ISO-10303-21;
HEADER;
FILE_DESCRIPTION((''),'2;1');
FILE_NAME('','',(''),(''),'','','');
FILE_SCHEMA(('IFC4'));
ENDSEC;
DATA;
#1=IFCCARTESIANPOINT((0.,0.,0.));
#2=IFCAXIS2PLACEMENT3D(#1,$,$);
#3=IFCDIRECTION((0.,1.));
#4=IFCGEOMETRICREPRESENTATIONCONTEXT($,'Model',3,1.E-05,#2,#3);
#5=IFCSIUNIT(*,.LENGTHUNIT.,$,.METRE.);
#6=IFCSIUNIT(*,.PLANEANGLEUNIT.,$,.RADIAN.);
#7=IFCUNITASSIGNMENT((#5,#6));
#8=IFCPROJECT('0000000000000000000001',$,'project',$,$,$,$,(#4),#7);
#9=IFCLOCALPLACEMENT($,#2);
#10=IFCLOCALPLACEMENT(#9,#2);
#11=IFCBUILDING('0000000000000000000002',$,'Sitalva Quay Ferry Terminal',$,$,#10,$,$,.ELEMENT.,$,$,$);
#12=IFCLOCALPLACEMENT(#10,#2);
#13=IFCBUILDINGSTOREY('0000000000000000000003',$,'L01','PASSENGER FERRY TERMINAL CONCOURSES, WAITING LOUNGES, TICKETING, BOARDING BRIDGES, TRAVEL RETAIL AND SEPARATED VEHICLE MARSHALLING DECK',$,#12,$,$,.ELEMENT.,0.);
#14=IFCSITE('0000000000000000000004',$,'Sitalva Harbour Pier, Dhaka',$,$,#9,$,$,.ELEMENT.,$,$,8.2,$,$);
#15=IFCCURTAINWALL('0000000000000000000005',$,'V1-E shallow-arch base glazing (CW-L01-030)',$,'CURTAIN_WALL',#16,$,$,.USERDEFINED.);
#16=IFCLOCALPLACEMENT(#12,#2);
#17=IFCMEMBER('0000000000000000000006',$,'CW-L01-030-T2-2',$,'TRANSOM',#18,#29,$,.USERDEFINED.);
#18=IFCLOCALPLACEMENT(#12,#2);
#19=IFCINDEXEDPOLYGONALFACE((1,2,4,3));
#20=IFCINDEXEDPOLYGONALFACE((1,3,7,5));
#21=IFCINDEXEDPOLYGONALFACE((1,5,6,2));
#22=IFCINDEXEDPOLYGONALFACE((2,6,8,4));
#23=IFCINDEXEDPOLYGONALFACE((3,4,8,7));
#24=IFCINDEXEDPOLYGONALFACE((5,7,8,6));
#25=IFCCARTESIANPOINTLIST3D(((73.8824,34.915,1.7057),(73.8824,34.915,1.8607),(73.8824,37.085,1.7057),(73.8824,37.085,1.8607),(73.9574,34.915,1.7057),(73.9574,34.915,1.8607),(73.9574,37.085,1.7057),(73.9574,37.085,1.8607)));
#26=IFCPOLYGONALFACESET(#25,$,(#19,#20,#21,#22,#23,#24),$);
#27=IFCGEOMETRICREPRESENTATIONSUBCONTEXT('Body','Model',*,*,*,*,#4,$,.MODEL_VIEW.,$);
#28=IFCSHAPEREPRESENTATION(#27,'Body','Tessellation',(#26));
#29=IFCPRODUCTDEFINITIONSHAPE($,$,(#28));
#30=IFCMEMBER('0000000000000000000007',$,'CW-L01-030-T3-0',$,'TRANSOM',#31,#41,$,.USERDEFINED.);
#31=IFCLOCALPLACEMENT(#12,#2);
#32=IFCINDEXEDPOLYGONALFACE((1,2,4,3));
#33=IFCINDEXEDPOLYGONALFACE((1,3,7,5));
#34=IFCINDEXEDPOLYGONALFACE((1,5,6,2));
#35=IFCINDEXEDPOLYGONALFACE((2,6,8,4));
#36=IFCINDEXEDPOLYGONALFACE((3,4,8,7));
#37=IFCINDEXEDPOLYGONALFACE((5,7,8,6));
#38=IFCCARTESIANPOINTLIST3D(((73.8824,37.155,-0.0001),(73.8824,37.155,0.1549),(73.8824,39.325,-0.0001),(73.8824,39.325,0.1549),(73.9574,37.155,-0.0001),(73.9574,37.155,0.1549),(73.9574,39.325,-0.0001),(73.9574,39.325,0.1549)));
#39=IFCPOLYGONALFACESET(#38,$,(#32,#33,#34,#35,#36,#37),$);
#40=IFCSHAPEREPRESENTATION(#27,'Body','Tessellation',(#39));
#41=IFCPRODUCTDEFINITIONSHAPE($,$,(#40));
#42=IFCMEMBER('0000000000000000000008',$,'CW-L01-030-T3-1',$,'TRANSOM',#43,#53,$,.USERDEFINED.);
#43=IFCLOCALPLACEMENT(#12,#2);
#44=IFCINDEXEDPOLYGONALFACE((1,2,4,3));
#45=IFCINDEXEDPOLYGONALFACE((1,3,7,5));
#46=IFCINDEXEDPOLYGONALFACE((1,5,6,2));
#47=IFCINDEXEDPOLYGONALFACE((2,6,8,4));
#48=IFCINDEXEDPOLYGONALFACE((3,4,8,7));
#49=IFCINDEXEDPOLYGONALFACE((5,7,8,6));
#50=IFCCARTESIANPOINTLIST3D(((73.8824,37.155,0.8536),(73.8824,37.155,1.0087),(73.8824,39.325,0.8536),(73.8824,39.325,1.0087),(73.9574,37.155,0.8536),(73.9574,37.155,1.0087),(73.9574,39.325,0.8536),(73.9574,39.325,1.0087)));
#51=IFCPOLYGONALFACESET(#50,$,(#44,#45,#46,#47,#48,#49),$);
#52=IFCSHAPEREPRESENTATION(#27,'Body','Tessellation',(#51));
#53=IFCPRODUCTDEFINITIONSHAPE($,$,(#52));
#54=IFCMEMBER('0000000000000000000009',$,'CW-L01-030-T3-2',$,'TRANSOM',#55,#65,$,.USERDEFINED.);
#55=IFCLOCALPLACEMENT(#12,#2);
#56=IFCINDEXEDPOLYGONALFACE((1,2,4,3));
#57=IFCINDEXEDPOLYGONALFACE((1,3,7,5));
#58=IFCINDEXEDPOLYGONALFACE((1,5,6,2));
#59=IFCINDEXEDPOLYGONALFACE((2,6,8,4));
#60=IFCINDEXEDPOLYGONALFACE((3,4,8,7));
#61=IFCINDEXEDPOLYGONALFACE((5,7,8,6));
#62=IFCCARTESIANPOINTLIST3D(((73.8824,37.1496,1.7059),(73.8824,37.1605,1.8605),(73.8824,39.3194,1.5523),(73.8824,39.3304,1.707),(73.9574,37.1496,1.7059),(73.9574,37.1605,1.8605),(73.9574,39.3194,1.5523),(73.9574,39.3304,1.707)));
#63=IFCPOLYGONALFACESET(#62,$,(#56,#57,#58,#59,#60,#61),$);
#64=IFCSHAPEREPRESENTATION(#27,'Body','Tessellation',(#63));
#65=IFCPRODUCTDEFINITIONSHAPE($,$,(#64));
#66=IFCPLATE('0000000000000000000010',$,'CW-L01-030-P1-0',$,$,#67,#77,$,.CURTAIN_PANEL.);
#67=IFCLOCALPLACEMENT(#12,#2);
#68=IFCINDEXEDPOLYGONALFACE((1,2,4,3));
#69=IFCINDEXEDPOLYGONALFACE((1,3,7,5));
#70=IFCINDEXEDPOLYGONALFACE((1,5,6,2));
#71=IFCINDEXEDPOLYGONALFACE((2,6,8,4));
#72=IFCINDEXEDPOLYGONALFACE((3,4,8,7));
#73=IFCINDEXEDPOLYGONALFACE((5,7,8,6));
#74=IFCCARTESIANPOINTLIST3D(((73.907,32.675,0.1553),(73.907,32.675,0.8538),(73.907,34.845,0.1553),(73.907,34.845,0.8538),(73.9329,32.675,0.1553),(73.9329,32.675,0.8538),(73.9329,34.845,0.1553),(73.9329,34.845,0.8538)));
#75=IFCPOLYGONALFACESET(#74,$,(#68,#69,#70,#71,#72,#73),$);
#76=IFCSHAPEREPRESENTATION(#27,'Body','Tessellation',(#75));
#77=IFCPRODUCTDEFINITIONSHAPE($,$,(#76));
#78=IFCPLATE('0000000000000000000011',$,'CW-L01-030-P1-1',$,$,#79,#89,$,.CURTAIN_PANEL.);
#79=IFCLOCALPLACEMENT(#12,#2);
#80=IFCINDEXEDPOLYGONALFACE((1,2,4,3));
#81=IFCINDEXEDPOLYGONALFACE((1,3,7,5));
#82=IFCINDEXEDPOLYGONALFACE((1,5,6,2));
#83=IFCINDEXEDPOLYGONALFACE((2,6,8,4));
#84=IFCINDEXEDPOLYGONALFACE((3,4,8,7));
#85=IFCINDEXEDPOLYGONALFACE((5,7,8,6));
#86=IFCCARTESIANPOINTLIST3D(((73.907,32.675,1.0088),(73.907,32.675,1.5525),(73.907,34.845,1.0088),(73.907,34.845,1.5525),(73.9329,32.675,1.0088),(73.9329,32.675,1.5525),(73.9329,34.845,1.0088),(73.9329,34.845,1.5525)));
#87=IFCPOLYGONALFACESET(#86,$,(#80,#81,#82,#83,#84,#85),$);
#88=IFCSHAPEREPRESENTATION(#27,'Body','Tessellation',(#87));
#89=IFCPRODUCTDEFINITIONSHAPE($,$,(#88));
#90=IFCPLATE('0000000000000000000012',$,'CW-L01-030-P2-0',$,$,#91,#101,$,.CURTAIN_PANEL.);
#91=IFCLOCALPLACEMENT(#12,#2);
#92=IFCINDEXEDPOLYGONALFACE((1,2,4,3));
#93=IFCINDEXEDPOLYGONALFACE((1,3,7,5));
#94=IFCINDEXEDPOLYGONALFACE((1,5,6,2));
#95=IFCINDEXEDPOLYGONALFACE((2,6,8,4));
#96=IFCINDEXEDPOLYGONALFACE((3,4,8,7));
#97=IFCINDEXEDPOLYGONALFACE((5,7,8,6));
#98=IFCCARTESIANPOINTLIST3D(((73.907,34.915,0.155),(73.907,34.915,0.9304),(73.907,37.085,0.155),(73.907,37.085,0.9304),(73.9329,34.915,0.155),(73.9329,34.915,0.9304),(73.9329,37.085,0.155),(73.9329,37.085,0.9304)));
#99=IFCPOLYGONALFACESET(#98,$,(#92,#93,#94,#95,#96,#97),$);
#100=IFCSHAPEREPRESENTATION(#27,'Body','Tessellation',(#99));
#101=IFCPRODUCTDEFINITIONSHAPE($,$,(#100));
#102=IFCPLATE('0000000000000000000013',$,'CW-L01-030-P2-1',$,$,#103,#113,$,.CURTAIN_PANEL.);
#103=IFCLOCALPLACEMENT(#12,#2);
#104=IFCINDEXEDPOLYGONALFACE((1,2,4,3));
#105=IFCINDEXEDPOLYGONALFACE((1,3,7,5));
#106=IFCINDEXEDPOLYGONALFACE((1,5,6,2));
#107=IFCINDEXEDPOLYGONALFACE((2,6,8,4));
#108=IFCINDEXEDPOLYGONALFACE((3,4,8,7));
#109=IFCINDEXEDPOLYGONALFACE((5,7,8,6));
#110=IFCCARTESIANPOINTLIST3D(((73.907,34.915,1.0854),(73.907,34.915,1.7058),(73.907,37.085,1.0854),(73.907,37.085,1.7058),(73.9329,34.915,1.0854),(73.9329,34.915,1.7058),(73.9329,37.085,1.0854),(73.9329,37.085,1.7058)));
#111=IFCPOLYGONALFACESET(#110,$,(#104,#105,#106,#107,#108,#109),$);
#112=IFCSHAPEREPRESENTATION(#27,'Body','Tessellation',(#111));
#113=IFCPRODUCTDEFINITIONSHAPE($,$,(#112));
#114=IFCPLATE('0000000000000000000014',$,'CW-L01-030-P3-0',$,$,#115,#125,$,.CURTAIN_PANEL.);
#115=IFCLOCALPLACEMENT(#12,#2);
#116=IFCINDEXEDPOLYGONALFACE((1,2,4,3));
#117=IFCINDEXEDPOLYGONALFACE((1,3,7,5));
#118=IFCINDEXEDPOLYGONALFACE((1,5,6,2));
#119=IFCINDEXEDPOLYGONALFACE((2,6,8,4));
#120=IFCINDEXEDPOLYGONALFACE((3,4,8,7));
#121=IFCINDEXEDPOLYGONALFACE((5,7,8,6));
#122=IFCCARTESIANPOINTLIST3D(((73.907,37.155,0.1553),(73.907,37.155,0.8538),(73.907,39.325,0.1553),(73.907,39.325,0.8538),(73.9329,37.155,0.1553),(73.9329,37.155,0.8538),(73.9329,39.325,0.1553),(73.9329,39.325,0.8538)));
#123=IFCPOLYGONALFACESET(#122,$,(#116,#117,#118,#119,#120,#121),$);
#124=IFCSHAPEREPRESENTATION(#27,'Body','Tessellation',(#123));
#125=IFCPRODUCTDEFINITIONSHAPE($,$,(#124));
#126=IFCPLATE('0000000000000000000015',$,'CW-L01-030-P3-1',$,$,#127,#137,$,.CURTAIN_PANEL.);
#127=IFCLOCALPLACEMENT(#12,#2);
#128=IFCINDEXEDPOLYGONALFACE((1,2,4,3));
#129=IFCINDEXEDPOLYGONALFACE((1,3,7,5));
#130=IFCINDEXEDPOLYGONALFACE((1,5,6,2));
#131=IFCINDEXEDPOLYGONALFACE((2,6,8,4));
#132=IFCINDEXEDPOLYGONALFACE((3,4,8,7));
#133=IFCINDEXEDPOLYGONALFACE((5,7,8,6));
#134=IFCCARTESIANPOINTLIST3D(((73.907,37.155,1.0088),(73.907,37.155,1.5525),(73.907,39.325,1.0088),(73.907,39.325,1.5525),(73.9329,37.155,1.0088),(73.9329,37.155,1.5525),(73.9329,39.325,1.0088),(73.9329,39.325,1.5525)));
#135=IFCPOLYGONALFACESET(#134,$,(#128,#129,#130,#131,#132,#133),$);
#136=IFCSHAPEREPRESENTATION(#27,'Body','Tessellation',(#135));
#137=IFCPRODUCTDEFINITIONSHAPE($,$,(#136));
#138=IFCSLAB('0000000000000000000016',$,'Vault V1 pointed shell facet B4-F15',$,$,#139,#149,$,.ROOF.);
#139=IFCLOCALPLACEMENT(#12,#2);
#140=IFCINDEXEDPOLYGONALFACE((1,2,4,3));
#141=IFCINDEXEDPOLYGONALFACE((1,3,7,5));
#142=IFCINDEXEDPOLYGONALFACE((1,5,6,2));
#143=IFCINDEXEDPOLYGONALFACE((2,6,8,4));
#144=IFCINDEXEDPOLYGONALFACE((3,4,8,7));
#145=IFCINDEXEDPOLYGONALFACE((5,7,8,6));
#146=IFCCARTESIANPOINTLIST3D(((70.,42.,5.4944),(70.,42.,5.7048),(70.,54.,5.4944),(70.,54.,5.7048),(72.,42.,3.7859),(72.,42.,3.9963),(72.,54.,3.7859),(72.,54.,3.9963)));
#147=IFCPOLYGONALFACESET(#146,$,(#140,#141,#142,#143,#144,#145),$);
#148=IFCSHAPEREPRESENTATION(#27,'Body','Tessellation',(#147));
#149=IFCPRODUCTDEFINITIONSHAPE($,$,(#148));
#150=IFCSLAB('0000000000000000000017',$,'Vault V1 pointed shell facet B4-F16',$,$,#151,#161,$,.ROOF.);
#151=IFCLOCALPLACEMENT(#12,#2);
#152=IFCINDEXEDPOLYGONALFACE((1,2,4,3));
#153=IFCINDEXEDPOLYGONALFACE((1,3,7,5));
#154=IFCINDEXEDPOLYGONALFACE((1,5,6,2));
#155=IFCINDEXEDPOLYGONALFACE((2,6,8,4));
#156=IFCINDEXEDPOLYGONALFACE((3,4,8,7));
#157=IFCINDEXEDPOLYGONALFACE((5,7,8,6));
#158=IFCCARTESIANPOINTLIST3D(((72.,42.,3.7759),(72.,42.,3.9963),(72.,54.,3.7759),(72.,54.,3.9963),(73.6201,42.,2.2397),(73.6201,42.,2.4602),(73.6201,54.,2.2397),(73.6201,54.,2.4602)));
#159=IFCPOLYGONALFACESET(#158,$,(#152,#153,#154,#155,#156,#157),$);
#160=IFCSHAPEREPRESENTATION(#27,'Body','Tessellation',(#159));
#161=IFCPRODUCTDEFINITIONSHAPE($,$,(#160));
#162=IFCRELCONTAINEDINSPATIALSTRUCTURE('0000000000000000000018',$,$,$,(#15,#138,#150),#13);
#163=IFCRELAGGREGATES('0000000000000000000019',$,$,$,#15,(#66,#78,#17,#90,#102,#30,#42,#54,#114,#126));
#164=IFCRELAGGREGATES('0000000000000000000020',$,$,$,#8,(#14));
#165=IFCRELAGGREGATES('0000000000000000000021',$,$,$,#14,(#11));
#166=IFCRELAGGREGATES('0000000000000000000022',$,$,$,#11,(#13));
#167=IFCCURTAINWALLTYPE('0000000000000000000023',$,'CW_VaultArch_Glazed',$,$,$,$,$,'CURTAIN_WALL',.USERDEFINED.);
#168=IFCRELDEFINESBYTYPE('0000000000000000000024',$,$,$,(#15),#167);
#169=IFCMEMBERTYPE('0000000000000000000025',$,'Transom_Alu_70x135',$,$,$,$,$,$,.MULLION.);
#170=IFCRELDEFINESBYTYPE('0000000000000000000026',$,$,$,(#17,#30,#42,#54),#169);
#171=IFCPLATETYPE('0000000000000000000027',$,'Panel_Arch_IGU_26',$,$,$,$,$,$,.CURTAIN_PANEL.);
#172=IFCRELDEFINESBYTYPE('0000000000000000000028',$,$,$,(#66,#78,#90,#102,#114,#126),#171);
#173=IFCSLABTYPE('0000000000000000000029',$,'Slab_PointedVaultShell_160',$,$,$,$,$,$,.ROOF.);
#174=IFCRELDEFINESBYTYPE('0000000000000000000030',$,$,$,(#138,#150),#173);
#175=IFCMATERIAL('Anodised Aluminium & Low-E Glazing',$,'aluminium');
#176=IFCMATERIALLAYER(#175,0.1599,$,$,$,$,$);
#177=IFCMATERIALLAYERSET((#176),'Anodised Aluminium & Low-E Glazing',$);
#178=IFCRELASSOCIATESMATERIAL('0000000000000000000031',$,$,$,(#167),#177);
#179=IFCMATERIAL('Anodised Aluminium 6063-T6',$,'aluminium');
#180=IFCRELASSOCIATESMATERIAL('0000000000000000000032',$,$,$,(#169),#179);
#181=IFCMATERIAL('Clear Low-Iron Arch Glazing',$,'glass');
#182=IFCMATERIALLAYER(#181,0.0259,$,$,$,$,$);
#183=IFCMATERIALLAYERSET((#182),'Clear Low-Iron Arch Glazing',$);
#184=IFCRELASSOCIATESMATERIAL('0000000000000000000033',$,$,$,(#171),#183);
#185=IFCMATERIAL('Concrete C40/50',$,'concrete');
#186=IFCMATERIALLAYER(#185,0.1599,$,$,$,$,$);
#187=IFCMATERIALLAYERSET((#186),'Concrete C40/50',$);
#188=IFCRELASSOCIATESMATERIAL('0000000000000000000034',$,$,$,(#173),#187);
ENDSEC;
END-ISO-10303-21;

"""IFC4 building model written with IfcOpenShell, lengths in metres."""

from ifc_helpers import new_model, si_unit, direction, frame, origin, origin_2d, place, context, subcontext, project, spatial, polyline, rectangle, outline, extrude, material, layer, layer_set, material_profile, profile_set, type_object, element, aggregate, save


model = new_model("IFC4")

# Units and contexts
model_context = context("Model", 3, precision=1e-05, world=origin(), true_north=direction((0.0, 1.0)))
body_context = subcontext(model_context, "Body", "Model", "MODEL_VIEW")
ifc_project = project(units=[si_unit("LENGTHUNIT", "METRE"), si_unit("PLANEANGLEUNIT", "RADIAN")], contexts=[model_context])

# Site, building, storey
site_placement = place(None, origin())
site = spatial("IfcSite", under=ifc_project, at=site_placement, Name="Sitalva Harbour Pier, Dhaka", CompositionType="ELEMENT", RefElevation=8.2)
building_placement = place(site_placement, origin())
building = spatial("IfcBuilding", under=site, at=building_placement, Name="Sitalva Quay Ferry Terminal", CompositionType="ELEMENT")
storey_placement = place(building_placement, origin())
storey = spatial("IfcBuildingStorey", under=building, at=storey_placement, Name="L01", Description="PASSENGER FERRY TERMINAL CONCOURSES, WAITING LOUNGES, TICKETING, BOARDING BRIDGES, TRAVEL RETAIL AND SEPARATED VEHICLE MARSHALLING DECK", CompositionType="ELEMENT", Elevation=0.0)

# Curtain wall, members, plates
ifc_material_1 = material(Name="Anodised Aluminium & Low-E Glazing", Category="aluminium")
ifc_layer_1 = layer(ifc_material_1, 0.1599)
ifc_layer_set_1 = layer_set([ifc_layer_1], Name="Anodised Aluminium & Low-E Glazing")
curtain_wall_type = type_object("IfcCurtainWallType", Name="CW_VaultArch_Glazed", ElementType="CURTAIN_WALL", PredefinedType="USERDEFINED", material=ifc_layer_set_1)
curtain_wall_placement = place(storey_placement, origin())
curtain_wall = element("IfcCurtainWall", 1, at=curtain_wall_placement, inside=storey, type_object=curtain_wall_type, Name="V1-E shallow-arch base glazing (CW-L01-030)", ObjectType="CURTAIN_WALL", PredefinedType="USERDEFINED")
ifc_material_2 = material(Name="Anodised Aluminium 6063-T6", Category="aluminium")
ifc_material_profile_1 = material_profile(ifc_material_2, rectangle(XDim=0.075, YDim=0.155, at=origin_2d()), Name="ALU75x155")
ifc_profile_set_1 = profile_set([ifc_material_profile_1], Name="Anodised Aluminium 6063-T6")
member_type_1 = type_object("IfcMemberType", Name="Transom_Alu_70x135", PredefinedType="MULLION", material=ifc_profile_set_1)
member_1_placement = place(storey_placement, frame((73.9199, 34.915, 1.7832), z_axis=(0.0, 1.0, 0.0), x_axis=(-1.0, 0.0, 0.0)))
member_1 = element("IfcMember", 2, at=member_1_placement, type_object=member_type_1, Name="CW-L01-030-T2-2", ObjectType="TRANSOM", PredefinedType="USERDEFINED", context=body_context, shape_type="SweptSolid", body=[
    extrude(rectangle(XDim=0.075, YDim=0.155, at=origin_2d()), origin(), (0.0, 0.0, 1.0), 2.1699),
])
member_2_placement = place(storey_placement, frame((73.9199, 37.155, 0.0774), z_axis=(0.0, 1.0, 0.0), x_axis=(-1.0, 0.0, 0.0)))
member_2 = element("IfcMember", 3, at=member_2_placement, type_object=member_type_1, Name="CW-L01-030-T3-0", ObjectType="TRANSOM", PredefinedType="USERDEFINED", context=body_context, shape_type="SweptSolid", body=[
    extrude(rectangle(XDim=0.075, YDim=0.155, at=origin_2d()), origin(), (0.0, 0.0, 1.0), 2.1699),
])
member_3_placement = place(storey_placement, frame((73.9199, 37.155, 0.9312), z_axis=(0.0, 1.0, 0.0), x_axis=(-1.0, 0.0, 0.0)))
member_3 = element("IfcMember", 4, at=member_3_placement, type_object=member_type_1, Name="CW-L01-030-T3-1", ObjectType="TRANSOM", PredefinedType="USERDEFINED", context=body_context, shape_type="SweptSolid", body=[
    extrude(rectangle(XDim=0.075, YDim=0.155, at=origin_2d()), origin(), (0.0, 0.0, 1.0), 2.1699),
])
member_4_placement = place(storey_placement, frame((73.9199, 37.155, 1.7832), z_axis=(0.0, 0.997505, -0.070593), x_axis=(-1.0, 0.0, 0.0)))
member_4 = element("IfcMember", 5, at=member_4_placement, type_object=member_type_1, Name="CW-L01-030-T3-2", ObjectType="TRANSOM", PredefinedType="USERDEFINED", context=body_context, shape_type="SweptSolid", body=[
    extrude(rectangle(XDim=0.075, YDim=0.155, at=origin_2d()), origin(), (0.0, 0.0, 1.0), 2.1753),
])
ifc_material_3 = material(Name="Clear Low-Iron Arch Glazing", Category="glass")
ifc_layer_2 = layer(ifc_material_3, 0.0259)
ifc_layer_set_2 = layer_set([ifc_layer_2], Name="Clear Low-Iron Arch Glazing")
plate_type = type_object("IfcPlateType", Name="Panel_Arch_IGU_26", PredefinedType="CURTAIN_PANEL", material=ifc_layer_set_2)
plate_1_placement = place(storey_placement, frame((73.9199, 33.76, 0.1553), z_axis=(0.0, 0.0, 1.0), x_axis=(0.0, 1.0, 0.0)))
plate_1 = element("IfcPlate", 6, at=plate_1_placement, type_object=plate_type, Name="CW-L01-030-P1-0", PredefinedType="CURTAIN_PANEL", context=body_context, shape_type="SweptSolid", body=[
    extrude(rectangle(XDim=2.1699, YDim=0.0259, at=origin_2d()), origin(), (0.0, 0.0, 1.0), 0.6985),
])
plate_2_placement = place(storey_placement, frame((73.9199, 33.76, 1.0088), z_axis=(0.0, 0.0, 1.0), x_axis=(0.0, 1.0, 0.0)))
plate_2 = element("IfcPlate", 7, at=plate_2_placement, type_object=plate_type, Name="CW-L01-030-P1-1", PredefinedType="CURTAIN_PANEL", context=body_context, shape_type="SweptSolid", body=[
    extrude(rectangle(XDim=2.1699, YDim=0.0259, at=origin_2d()), origin(), (0.0, 0.0, 1.0), 0.5437),
])
plate_3_placement = place(storey_placement, frame((73.9199, 36.0, 0.155), z_axis=(0.0, 0.0, 1.0), x_axis=(0.0, 1.0, 0.0)))
plate_3 = element("IfcPlate", 8, at=plate_3_placement, type_object=plate_type, Name="CW-L01-030-P2-0", PredefinedType="CURTAIN_PANEL", context=body_context, shape_type="SweptSolid", body=[
    extrude(rectangle(XDim=2.1699, YDim=0.0259, at=origin_2d()), origin(), (0.0, 0.0, 1.0), 0.7754),
])
plate_4_placement = place(storey_placement, frame((73.9199, 36.0, 1.0854), z_axis=(0.0, 0.0, 1.0), x_axis=(0.0, 1.0, 0.0)))
plate_4 = element("IfcPlate", 9, at=plate_4_placement, type_object=plate_type, Name="CW-L01-030-P2-1", PredefinedType="CURTAIN_PANEL", context=body_context, shape_type="SweptSolid", body=[
    extrude(rectangle(XDim=2.1699, YDim=0.0259, at=origin_2d()), origin(), (0.0, 0.0, 1.0), 0.6204),
])
plate_5_placement = place(storey_placement, frame((73.9199, 38.24, 0.1553), z_axis=(0.0, 0.0, 1.0), x_axis=(0.0, 1.0, 0.0)))
plate_5 = element("IfcPlate", 10, at=plate_5_placement, type_object=plate_type, Name="CW-L01-030-P3-0", PredefinedType="CURTAIN_PANEL", context=body_context, shape_type="SweptSolid", body=[
    extrude(rectangle(XDim=2.1699, YDim=0.0259, at=origin_2d()), origin(), (0.0, 0.0, 1.0), 0.6985),
])
plate_6_placement = place(storey_placement, frame((73.9199, 38.24, 1.0088), z_axis=(0.0, 0.0, 1.0), x_axis=(0.0, 1.0, 0.0)))
plate_6 = element("IfcPlate", 11, at=plate_6_placement, type_object=plate_type, Name="CW-L01-030-P3-1", PredefinedType="CURTAIN_PANEL", context=body_context, shape_type="SweptSolid", body=[
    extrude(rectangle(XDim=2.1699, YDim=0.0259, at=origin_2d()), origin(), (0.0, 0.0, 1.0), 0.5437),
])
aggregate(curtain_wall, [plate_1, plate_2, member_1, plate_3, plate_4, member_2, member_3, member_4, plate_5, plate_6])

# Slabs
ifc_material_4 = material(Name="Concrete C40/50", Category="concrete")
ifc_layer_3 = layer(ifc_material_4, 0.1599)
ifc_layer_set_3 = layer_set([ifc_layer_3], Name="Concrete C40/50")
slab_type = type_object("IfcSlabType", Name="Slab_PointedVaultShell_160", PredefinedType="ROOF", material=ifc_layer_set_3)
slab_1_placement = place(storey_placement, frame((70.0, 42.0, 5.7048), z_axis=(0.649522, 0.0, 0.760343), x_axis=(0.760343, 0.0, -0.649522)))
element("IfcSlab", 12, at=slab_1_placement, inside=storey, type_object=slab_type, Name="Vault V1 pointed shell facet B4-F15", PredefinedType="ROOF", context=body_context, shape_type="SweptSolid", body=[
    extrude(outline(polyline([(0.0, 0.0), (2.6304, 0.0), (2.6304, 12.0), (0.0, 12.0), (0.0, 0.0)])), origin(), (0.649522, 0.0, -0.760343), 0.2104),
])
slab_2_placement = place(storey_placement, frame((72.0, 42.0, 3.9963), z_axis=(0.688048, 0.0, 0.725665), x_axis=(0.725665, 0.0, -0.688048)))
element("IfcSlab", 13, at=slab_2_placement, inside=storey, type_object=slab_type, Name="Vault V1 pointed shell facet B4-F16", PredefinedType="ROOF", context=body_context, shape_type="SweptSolid", body=[
    extrude(outline(polyline([(0.0, 0.0), (2.2326, 0.0), (2.2326, 12.0), (0.0, 12.0), (0.0, 0.0)])), origin(), (0.688048, 0.0, -0.725665), 0.2205),
])

save(model, "model.ifc")
